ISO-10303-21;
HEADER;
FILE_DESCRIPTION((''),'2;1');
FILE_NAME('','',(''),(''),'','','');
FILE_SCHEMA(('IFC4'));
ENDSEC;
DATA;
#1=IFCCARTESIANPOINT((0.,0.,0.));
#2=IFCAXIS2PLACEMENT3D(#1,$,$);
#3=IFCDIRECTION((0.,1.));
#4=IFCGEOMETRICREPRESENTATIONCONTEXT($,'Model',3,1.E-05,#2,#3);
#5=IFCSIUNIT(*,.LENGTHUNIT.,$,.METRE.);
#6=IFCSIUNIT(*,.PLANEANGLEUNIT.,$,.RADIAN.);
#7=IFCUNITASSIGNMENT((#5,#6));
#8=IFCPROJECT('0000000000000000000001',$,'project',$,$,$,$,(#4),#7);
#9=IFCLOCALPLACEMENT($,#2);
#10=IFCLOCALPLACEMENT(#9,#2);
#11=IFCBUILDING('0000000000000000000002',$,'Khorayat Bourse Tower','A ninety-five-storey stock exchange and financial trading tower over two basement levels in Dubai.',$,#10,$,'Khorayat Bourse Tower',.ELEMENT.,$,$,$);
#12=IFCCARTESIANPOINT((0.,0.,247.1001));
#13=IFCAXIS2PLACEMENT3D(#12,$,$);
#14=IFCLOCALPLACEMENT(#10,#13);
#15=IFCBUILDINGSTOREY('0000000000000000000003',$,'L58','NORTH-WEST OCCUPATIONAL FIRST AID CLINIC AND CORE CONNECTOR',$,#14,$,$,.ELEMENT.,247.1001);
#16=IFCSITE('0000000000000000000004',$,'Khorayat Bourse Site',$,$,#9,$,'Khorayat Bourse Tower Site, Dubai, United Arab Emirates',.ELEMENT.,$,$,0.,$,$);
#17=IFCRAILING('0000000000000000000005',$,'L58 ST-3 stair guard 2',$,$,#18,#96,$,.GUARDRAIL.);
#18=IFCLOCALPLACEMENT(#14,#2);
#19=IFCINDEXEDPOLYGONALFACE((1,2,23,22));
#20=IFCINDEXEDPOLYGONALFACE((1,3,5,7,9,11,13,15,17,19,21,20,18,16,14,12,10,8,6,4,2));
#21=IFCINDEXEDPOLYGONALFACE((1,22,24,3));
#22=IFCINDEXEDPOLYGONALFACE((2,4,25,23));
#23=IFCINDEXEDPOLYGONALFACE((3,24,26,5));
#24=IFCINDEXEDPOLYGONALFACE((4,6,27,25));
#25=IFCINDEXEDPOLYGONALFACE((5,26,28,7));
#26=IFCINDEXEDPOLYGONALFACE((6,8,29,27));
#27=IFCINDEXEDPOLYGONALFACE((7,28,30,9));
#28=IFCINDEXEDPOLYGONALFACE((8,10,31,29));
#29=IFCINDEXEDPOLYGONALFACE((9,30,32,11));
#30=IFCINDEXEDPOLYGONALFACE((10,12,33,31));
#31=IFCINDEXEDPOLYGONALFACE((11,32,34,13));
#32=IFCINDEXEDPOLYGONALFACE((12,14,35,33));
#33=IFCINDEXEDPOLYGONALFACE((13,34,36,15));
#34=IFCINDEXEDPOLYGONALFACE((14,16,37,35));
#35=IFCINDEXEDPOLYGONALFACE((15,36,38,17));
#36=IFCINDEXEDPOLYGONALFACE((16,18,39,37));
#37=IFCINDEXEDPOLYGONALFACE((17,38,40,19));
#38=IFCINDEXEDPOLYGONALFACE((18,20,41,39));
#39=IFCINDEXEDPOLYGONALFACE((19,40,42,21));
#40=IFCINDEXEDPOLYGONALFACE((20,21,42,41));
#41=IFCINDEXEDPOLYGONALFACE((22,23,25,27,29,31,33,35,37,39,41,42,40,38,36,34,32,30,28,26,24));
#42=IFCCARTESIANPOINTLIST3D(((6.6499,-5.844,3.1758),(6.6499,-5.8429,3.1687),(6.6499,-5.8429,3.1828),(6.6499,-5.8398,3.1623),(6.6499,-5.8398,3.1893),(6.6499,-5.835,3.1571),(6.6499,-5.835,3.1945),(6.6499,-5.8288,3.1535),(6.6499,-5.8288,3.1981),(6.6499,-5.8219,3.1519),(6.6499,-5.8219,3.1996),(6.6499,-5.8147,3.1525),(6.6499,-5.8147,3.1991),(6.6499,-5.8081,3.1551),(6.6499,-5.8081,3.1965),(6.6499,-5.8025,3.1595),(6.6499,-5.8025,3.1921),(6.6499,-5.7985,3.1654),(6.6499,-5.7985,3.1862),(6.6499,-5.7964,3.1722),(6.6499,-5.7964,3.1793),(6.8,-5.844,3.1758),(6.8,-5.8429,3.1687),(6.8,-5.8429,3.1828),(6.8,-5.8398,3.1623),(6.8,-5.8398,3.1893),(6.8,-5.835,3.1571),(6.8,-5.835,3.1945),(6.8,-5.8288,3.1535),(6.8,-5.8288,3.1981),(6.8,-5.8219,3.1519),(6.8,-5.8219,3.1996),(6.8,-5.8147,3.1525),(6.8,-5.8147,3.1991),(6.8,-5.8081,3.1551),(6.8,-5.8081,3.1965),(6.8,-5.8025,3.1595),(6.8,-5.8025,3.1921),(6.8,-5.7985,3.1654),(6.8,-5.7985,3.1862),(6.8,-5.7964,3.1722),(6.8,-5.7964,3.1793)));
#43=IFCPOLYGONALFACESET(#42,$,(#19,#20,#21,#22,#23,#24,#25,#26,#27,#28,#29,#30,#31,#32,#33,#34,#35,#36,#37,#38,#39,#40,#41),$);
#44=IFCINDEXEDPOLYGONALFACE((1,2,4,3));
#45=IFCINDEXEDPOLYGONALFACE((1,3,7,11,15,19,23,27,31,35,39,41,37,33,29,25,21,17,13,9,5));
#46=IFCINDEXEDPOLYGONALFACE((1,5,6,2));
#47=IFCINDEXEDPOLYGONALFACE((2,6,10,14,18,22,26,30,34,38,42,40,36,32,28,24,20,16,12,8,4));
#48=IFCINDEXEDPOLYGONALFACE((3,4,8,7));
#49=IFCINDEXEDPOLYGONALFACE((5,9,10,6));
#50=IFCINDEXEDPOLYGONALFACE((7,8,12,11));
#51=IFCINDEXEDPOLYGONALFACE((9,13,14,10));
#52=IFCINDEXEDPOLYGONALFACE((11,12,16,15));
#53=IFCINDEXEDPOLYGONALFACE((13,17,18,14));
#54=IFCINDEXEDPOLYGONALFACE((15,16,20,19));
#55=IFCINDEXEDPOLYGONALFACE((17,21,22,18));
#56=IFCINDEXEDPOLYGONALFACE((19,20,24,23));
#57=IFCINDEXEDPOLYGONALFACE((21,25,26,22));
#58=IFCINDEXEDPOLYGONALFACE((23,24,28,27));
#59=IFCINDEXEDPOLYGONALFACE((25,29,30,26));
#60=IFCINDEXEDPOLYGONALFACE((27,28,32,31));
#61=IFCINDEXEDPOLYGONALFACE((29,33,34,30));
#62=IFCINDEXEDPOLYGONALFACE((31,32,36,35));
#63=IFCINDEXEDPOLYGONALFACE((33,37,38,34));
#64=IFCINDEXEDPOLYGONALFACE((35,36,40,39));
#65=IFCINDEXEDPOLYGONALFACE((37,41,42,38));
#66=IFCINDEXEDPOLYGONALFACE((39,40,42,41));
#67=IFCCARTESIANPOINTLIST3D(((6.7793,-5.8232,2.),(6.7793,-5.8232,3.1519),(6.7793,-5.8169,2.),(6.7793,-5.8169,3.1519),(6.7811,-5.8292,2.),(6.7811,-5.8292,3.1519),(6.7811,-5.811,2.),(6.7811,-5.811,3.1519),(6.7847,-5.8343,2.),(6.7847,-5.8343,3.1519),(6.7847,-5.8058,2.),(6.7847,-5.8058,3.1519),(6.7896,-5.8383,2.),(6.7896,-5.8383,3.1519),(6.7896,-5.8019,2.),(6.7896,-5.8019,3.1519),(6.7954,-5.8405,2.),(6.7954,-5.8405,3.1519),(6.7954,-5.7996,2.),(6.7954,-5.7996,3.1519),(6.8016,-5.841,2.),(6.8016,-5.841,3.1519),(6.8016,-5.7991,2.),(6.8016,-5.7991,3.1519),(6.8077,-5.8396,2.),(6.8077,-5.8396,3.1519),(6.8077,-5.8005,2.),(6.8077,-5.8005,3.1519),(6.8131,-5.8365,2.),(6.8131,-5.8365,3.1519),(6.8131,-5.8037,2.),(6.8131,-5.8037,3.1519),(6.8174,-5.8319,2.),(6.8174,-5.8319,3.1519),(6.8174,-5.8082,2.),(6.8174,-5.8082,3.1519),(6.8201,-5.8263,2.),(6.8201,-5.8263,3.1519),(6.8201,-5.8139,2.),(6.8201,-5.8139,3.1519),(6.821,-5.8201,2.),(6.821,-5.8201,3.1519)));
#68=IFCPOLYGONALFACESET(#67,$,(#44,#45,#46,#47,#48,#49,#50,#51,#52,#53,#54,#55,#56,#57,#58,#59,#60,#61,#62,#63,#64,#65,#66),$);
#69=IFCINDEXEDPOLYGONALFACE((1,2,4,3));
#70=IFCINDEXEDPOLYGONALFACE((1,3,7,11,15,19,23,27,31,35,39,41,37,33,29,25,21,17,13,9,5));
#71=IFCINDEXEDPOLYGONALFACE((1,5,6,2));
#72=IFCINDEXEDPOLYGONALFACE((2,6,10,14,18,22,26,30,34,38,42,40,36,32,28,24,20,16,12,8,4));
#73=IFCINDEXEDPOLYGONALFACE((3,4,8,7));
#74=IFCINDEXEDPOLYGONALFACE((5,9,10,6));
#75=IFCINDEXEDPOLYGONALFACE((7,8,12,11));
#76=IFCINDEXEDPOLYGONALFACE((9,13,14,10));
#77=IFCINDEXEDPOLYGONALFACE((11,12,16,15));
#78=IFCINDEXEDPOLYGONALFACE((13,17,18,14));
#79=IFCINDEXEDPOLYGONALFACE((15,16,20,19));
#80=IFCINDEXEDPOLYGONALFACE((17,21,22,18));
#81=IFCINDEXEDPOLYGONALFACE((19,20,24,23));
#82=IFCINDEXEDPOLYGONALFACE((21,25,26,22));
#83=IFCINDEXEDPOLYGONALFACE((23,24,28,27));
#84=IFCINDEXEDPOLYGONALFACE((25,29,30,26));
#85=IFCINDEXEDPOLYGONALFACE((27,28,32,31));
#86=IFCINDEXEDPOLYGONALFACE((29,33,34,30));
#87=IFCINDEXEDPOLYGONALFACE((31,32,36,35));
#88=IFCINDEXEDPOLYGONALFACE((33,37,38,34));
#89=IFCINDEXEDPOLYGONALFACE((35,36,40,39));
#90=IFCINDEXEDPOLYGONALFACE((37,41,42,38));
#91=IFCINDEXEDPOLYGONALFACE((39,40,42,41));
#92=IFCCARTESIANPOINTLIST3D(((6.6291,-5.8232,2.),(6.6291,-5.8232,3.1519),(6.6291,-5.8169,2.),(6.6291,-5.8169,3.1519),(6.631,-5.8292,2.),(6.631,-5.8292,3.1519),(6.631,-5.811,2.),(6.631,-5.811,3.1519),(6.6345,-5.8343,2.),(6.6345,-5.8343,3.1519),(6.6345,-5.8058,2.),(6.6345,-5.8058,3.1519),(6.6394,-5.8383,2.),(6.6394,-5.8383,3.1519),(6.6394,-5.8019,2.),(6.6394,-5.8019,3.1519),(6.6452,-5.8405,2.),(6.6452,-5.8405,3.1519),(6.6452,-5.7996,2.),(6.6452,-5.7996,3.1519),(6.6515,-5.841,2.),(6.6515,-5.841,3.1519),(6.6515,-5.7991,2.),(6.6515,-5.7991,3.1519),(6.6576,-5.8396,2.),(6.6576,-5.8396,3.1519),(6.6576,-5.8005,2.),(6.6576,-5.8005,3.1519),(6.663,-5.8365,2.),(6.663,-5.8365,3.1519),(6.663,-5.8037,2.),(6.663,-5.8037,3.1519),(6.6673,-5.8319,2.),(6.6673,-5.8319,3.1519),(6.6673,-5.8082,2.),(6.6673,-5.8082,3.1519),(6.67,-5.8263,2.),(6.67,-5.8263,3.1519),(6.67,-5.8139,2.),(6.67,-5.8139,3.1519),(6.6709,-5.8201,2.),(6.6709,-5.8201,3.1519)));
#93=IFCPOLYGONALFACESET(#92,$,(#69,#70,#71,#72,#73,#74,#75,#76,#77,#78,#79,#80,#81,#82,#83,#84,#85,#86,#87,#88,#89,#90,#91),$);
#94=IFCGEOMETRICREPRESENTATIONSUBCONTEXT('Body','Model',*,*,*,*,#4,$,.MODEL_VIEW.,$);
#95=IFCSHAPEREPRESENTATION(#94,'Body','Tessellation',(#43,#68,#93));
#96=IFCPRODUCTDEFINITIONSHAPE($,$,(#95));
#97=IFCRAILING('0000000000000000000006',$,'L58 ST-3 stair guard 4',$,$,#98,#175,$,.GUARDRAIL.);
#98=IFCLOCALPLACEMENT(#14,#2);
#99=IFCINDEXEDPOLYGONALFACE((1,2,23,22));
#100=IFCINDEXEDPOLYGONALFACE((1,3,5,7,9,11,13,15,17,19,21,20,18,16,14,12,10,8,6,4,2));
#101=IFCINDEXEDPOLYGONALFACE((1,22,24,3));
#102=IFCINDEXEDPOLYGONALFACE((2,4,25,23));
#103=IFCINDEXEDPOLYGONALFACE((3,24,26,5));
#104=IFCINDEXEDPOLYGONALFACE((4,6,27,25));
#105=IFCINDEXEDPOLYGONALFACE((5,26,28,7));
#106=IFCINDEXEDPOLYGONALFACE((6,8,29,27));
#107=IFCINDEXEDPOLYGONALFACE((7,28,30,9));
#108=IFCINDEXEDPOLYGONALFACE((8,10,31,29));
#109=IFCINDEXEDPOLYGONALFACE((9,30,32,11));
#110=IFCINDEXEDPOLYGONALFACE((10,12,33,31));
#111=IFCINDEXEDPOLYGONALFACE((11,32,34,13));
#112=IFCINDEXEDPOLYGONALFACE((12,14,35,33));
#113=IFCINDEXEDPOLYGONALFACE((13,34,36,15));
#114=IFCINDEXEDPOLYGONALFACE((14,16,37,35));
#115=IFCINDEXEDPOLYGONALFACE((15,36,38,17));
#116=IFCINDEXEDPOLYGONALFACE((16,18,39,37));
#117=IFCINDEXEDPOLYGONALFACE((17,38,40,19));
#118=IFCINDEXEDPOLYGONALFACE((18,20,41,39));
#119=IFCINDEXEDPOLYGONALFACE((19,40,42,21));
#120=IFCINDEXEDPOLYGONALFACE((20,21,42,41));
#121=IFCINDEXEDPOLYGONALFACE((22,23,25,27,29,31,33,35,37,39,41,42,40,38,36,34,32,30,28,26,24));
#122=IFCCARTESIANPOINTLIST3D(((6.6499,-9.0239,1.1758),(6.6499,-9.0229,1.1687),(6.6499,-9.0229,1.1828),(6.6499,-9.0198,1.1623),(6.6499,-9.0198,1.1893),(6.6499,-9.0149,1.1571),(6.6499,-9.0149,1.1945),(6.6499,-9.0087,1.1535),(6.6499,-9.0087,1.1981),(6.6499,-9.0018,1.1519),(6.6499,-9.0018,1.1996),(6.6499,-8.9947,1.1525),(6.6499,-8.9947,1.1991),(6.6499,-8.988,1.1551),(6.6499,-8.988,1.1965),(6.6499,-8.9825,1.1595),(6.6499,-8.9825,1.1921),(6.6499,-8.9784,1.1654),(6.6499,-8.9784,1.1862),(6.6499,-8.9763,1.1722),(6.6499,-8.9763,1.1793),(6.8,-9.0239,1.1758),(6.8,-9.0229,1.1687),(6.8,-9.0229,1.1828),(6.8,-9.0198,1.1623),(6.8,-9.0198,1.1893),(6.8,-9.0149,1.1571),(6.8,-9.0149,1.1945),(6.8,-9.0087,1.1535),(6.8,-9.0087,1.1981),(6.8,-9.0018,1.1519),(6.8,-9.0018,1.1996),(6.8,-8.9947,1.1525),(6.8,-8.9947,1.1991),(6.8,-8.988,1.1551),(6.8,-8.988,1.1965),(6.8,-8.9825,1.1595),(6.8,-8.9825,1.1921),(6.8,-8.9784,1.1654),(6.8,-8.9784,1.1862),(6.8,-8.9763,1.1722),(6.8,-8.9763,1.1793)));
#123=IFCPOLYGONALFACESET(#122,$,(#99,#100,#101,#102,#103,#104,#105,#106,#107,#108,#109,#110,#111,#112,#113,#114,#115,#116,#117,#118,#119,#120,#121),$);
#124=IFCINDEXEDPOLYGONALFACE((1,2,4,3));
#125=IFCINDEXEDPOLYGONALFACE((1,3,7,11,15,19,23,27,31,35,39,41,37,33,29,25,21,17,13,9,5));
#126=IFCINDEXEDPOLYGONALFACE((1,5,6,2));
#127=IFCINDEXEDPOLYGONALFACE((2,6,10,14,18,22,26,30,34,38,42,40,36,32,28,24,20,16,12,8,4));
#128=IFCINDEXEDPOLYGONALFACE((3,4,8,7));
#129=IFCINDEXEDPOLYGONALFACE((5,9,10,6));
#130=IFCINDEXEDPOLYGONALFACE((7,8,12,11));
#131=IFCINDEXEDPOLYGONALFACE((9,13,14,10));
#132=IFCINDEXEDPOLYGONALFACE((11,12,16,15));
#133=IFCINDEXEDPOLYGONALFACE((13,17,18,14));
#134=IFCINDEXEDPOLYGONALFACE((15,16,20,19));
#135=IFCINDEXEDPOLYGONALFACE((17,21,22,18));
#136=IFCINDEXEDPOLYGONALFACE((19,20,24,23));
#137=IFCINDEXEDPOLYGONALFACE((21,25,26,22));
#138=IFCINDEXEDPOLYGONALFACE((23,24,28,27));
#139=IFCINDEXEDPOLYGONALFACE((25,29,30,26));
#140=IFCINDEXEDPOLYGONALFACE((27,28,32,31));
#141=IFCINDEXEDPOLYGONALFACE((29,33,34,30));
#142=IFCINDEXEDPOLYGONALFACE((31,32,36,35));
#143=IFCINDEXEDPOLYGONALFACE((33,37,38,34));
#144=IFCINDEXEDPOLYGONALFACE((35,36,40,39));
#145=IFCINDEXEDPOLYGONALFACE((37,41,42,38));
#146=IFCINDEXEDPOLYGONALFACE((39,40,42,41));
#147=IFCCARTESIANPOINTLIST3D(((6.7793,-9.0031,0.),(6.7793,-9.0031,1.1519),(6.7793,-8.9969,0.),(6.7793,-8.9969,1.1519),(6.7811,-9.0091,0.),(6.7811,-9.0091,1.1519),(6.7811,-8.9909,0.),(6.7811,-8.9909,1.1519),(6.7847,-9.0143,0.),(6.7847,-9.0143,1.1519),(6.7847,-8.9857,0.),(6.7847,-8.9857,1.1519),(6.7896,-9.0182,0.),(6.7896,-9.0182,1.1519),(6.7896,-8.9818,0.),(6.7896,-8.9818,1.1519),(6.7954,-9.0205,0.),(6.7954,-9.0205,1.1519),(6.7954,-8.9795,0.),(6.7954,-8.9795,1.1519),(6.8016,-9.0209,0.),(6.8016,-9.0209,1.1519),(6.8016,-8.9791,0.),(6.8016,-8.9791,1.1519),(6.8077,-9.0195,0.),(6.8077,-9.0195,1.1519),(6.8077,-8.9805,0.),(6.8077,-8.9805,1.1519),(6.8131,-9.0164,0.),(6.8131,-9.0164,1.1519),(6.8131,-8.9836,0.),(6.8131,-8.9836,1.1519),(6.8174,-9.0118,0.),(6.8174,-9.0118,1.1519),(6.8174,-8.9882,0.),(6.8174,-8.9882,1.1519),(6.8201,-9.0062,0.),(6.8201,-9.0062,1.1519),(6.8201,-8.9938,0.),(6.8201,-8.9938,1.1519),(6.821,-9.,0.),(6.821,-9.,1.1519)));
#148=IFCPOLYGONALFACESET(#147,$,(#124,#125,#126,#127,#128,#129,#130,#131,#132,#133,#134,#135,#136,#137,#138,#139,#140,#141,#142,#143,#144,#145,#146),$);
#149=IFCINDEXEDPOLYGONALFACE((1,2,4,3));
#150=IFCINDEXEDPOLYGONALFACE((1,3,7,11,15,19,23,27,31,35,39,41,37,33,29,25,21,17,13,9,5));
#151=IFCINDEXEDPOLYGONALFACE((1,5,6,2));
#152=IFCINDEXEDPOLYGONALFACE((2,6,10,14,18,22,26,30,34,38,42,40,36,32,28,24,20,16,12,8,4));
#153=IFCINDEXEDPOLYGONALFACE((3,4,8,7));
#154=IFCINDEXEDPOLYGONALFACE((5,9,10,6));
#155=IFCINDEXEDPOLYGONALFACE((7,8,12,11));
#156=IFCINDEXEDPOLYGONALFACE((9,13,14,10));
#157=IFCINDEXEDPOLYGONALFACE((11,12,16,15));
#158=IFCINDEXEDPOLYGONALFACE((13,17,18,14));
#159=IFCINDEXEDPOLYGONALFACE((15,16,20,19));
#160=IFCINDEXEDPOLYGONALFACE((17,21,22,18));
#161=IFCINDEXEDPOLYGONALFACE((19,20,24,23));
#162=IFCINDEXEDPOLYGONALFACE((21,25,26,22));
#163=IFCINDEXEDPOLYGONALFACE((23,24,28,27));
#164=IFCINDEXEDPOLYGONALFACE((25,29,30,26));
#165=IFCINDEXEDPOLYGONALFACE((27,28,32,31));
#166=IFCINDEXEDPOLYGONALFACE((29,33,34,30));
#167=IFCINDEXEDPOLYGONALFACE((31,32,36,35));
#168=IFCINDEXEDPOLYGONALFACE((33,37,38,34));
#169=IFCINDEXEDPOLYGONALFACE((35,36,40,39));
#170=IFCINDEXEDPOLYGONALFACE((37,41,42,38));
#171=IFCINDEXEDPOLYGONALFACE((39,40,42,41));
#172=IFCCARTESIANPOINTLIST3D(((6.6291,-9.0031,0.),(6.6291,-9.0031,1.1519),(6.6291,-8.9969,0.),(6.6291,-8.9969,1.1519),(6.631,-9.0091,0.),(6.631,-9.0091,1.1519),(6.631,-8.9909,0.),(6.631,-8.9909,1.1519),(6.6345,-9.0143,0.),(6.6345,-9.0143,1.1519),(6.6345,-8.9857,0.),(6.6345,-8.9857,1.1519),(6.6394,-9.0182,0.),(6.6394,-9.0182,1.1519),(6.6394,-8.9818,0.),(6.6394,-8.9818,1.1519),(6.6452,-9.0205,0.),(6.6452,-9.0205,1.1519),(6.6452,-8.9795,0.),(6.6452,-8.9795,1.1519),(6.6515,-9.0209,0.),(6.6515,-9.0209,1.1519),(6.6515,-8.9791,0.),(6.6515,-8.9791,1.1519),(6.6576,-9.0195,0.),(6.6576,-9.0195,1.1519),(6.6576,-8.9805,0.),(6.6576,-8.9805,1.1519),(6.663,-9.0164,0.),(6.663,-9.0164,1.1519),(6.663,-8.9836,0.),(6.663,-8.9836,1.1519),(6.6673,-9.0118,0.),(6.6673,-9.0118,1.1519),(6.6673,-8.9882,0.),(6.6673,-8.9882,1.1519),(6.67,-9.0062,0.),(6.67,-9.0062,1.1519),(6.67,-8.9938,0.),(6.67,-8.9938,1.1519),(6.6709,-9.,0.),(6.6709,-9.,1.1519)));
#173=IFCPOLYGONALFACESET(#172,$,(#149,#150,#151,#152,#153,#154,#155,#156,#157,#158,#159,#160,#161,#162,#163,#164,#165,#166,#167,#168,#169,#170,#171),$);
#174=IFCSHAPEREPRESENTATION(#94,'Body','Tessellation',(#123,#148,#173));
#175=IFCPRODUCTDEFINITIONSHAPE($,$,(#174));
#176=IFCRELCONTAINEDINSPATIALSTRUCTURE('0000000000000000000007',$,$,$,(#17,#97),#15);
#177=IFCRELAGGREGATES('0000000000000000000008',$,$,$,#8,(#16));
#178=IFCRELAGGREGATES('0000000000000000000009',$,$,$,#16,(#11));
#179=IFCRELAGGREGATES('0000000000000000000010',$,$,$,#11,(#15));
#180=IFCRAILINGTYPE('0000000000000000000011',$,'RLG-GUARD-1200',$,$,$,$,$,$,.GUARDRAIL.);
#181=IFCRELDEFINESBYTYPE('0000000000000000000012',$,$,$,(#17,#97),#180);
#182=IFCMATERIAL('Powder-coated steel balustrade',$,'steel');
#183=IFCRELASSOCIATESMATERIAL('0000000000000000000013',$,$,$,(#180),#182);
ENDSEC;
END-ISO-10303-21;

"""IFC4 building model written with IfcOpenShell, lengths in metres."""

from ifc_helpers import new_model, si_unit, direction, frame, origin, origin_2d, place, context, subcontext, project, spatial, circle, extrude, source, transform, mapped, material, type_object, element, save


model = new_model("IFC4")

# Units and contexts
model_context = context("Model", 3, precision=1e-05, world=origin(), true_north=direction((0.0, 1.0)))
body_context = subcontext(model_context, "Body", "Model", "MODEL_VIEW")
ifc_project = project(units=[si_unit("LENGTHUNIT", "METRE"), si_unit("PLANEANGLEUNIT", "RADIAN")], contexts=[model_context])

# Site, building, storey
site_placement = place(None, origin())
site = spatial("IfcSite", under=ifc_project, at=site_placement, Name="Khorayat Bourse Site", LongName="Khorayat Bourse Tower Site, Dubai, United Arab Emirates", CompositionType="ELEMENT", RefElevation=0.0)
building_placement = place(site_placement, origin())
building = spatial("IfcBuilding", under=site, at=building_placement, Name="Khorayat Bourse Tower", Description="A ninety-five-storey stock exchange and financial trading tower over two basement levels in Dubai.", LongName="Khorayat Bourse Tower", CompositionType="ELEMENT")
storey_placement = place(building_placement, frame((0.0, 0.0, 247.1001)))
storey = spatial("IfcBuildingStorey", under=building, at=storey_placement, Name="L58", Description="NORTH-WEST OCCUPATIONAL FIRST AID CLINIC AND CORE CONNECTOR", CompositionType="ELEMENT", Elevation=247.1001)

# Railings
ifc_material_1 = material(Name="Powder-coated steel balustrade", Category="steel")
railing_type_1 = type_object("IfcRailingType", Name="RLG-GUARD-1200", PredefinedType="GUARDRAIL", material=ifc_material_1)
shared_shape_1 = source(origin(), body_context, "Body", "SweptSolid", [
    extrude(circle(Radius=0.0239, at=origin_2d()), frame((0.0, 0.0, 1.1758), z_axis=(-1.0, 0.0, 0.0), x_axis=(0.0, -1.0, 0.0)), (0.0, 0.0, 1.0), 0.1501),
    extrude(circle(Radius=0.021, at=origin_2d()), origin(), (0.0, 0.0, 1.0), 1.1519),
    extrude(circle(Radius=0.021, at=origin_2d()), frame((-0.1501, 0.0, 0.0)), (0.0, 0.0, 1.0), 1.1519),
])
for number, where, name in (
    (1, (6.8, -5.8201, 2.0), "L58 ST-3 stair guard 2"),
    (2, (6.8, -9.0, 0.0), "L58 ST-3 stair guard 4"),
):
    element("IfcRailing", number, at=place(storey_placement, frame(where)), inside=storey, type_object=railing_type_1, Name=name, PredefinedType="GUARDRAIL", context=body_context, shape_type="MappedRepresentation", body=[
        mapped(shared_shape_1, transform((0.0, 0.0, 0.0), scale=1.0)),
    ])

save(model, "model.ifc")
